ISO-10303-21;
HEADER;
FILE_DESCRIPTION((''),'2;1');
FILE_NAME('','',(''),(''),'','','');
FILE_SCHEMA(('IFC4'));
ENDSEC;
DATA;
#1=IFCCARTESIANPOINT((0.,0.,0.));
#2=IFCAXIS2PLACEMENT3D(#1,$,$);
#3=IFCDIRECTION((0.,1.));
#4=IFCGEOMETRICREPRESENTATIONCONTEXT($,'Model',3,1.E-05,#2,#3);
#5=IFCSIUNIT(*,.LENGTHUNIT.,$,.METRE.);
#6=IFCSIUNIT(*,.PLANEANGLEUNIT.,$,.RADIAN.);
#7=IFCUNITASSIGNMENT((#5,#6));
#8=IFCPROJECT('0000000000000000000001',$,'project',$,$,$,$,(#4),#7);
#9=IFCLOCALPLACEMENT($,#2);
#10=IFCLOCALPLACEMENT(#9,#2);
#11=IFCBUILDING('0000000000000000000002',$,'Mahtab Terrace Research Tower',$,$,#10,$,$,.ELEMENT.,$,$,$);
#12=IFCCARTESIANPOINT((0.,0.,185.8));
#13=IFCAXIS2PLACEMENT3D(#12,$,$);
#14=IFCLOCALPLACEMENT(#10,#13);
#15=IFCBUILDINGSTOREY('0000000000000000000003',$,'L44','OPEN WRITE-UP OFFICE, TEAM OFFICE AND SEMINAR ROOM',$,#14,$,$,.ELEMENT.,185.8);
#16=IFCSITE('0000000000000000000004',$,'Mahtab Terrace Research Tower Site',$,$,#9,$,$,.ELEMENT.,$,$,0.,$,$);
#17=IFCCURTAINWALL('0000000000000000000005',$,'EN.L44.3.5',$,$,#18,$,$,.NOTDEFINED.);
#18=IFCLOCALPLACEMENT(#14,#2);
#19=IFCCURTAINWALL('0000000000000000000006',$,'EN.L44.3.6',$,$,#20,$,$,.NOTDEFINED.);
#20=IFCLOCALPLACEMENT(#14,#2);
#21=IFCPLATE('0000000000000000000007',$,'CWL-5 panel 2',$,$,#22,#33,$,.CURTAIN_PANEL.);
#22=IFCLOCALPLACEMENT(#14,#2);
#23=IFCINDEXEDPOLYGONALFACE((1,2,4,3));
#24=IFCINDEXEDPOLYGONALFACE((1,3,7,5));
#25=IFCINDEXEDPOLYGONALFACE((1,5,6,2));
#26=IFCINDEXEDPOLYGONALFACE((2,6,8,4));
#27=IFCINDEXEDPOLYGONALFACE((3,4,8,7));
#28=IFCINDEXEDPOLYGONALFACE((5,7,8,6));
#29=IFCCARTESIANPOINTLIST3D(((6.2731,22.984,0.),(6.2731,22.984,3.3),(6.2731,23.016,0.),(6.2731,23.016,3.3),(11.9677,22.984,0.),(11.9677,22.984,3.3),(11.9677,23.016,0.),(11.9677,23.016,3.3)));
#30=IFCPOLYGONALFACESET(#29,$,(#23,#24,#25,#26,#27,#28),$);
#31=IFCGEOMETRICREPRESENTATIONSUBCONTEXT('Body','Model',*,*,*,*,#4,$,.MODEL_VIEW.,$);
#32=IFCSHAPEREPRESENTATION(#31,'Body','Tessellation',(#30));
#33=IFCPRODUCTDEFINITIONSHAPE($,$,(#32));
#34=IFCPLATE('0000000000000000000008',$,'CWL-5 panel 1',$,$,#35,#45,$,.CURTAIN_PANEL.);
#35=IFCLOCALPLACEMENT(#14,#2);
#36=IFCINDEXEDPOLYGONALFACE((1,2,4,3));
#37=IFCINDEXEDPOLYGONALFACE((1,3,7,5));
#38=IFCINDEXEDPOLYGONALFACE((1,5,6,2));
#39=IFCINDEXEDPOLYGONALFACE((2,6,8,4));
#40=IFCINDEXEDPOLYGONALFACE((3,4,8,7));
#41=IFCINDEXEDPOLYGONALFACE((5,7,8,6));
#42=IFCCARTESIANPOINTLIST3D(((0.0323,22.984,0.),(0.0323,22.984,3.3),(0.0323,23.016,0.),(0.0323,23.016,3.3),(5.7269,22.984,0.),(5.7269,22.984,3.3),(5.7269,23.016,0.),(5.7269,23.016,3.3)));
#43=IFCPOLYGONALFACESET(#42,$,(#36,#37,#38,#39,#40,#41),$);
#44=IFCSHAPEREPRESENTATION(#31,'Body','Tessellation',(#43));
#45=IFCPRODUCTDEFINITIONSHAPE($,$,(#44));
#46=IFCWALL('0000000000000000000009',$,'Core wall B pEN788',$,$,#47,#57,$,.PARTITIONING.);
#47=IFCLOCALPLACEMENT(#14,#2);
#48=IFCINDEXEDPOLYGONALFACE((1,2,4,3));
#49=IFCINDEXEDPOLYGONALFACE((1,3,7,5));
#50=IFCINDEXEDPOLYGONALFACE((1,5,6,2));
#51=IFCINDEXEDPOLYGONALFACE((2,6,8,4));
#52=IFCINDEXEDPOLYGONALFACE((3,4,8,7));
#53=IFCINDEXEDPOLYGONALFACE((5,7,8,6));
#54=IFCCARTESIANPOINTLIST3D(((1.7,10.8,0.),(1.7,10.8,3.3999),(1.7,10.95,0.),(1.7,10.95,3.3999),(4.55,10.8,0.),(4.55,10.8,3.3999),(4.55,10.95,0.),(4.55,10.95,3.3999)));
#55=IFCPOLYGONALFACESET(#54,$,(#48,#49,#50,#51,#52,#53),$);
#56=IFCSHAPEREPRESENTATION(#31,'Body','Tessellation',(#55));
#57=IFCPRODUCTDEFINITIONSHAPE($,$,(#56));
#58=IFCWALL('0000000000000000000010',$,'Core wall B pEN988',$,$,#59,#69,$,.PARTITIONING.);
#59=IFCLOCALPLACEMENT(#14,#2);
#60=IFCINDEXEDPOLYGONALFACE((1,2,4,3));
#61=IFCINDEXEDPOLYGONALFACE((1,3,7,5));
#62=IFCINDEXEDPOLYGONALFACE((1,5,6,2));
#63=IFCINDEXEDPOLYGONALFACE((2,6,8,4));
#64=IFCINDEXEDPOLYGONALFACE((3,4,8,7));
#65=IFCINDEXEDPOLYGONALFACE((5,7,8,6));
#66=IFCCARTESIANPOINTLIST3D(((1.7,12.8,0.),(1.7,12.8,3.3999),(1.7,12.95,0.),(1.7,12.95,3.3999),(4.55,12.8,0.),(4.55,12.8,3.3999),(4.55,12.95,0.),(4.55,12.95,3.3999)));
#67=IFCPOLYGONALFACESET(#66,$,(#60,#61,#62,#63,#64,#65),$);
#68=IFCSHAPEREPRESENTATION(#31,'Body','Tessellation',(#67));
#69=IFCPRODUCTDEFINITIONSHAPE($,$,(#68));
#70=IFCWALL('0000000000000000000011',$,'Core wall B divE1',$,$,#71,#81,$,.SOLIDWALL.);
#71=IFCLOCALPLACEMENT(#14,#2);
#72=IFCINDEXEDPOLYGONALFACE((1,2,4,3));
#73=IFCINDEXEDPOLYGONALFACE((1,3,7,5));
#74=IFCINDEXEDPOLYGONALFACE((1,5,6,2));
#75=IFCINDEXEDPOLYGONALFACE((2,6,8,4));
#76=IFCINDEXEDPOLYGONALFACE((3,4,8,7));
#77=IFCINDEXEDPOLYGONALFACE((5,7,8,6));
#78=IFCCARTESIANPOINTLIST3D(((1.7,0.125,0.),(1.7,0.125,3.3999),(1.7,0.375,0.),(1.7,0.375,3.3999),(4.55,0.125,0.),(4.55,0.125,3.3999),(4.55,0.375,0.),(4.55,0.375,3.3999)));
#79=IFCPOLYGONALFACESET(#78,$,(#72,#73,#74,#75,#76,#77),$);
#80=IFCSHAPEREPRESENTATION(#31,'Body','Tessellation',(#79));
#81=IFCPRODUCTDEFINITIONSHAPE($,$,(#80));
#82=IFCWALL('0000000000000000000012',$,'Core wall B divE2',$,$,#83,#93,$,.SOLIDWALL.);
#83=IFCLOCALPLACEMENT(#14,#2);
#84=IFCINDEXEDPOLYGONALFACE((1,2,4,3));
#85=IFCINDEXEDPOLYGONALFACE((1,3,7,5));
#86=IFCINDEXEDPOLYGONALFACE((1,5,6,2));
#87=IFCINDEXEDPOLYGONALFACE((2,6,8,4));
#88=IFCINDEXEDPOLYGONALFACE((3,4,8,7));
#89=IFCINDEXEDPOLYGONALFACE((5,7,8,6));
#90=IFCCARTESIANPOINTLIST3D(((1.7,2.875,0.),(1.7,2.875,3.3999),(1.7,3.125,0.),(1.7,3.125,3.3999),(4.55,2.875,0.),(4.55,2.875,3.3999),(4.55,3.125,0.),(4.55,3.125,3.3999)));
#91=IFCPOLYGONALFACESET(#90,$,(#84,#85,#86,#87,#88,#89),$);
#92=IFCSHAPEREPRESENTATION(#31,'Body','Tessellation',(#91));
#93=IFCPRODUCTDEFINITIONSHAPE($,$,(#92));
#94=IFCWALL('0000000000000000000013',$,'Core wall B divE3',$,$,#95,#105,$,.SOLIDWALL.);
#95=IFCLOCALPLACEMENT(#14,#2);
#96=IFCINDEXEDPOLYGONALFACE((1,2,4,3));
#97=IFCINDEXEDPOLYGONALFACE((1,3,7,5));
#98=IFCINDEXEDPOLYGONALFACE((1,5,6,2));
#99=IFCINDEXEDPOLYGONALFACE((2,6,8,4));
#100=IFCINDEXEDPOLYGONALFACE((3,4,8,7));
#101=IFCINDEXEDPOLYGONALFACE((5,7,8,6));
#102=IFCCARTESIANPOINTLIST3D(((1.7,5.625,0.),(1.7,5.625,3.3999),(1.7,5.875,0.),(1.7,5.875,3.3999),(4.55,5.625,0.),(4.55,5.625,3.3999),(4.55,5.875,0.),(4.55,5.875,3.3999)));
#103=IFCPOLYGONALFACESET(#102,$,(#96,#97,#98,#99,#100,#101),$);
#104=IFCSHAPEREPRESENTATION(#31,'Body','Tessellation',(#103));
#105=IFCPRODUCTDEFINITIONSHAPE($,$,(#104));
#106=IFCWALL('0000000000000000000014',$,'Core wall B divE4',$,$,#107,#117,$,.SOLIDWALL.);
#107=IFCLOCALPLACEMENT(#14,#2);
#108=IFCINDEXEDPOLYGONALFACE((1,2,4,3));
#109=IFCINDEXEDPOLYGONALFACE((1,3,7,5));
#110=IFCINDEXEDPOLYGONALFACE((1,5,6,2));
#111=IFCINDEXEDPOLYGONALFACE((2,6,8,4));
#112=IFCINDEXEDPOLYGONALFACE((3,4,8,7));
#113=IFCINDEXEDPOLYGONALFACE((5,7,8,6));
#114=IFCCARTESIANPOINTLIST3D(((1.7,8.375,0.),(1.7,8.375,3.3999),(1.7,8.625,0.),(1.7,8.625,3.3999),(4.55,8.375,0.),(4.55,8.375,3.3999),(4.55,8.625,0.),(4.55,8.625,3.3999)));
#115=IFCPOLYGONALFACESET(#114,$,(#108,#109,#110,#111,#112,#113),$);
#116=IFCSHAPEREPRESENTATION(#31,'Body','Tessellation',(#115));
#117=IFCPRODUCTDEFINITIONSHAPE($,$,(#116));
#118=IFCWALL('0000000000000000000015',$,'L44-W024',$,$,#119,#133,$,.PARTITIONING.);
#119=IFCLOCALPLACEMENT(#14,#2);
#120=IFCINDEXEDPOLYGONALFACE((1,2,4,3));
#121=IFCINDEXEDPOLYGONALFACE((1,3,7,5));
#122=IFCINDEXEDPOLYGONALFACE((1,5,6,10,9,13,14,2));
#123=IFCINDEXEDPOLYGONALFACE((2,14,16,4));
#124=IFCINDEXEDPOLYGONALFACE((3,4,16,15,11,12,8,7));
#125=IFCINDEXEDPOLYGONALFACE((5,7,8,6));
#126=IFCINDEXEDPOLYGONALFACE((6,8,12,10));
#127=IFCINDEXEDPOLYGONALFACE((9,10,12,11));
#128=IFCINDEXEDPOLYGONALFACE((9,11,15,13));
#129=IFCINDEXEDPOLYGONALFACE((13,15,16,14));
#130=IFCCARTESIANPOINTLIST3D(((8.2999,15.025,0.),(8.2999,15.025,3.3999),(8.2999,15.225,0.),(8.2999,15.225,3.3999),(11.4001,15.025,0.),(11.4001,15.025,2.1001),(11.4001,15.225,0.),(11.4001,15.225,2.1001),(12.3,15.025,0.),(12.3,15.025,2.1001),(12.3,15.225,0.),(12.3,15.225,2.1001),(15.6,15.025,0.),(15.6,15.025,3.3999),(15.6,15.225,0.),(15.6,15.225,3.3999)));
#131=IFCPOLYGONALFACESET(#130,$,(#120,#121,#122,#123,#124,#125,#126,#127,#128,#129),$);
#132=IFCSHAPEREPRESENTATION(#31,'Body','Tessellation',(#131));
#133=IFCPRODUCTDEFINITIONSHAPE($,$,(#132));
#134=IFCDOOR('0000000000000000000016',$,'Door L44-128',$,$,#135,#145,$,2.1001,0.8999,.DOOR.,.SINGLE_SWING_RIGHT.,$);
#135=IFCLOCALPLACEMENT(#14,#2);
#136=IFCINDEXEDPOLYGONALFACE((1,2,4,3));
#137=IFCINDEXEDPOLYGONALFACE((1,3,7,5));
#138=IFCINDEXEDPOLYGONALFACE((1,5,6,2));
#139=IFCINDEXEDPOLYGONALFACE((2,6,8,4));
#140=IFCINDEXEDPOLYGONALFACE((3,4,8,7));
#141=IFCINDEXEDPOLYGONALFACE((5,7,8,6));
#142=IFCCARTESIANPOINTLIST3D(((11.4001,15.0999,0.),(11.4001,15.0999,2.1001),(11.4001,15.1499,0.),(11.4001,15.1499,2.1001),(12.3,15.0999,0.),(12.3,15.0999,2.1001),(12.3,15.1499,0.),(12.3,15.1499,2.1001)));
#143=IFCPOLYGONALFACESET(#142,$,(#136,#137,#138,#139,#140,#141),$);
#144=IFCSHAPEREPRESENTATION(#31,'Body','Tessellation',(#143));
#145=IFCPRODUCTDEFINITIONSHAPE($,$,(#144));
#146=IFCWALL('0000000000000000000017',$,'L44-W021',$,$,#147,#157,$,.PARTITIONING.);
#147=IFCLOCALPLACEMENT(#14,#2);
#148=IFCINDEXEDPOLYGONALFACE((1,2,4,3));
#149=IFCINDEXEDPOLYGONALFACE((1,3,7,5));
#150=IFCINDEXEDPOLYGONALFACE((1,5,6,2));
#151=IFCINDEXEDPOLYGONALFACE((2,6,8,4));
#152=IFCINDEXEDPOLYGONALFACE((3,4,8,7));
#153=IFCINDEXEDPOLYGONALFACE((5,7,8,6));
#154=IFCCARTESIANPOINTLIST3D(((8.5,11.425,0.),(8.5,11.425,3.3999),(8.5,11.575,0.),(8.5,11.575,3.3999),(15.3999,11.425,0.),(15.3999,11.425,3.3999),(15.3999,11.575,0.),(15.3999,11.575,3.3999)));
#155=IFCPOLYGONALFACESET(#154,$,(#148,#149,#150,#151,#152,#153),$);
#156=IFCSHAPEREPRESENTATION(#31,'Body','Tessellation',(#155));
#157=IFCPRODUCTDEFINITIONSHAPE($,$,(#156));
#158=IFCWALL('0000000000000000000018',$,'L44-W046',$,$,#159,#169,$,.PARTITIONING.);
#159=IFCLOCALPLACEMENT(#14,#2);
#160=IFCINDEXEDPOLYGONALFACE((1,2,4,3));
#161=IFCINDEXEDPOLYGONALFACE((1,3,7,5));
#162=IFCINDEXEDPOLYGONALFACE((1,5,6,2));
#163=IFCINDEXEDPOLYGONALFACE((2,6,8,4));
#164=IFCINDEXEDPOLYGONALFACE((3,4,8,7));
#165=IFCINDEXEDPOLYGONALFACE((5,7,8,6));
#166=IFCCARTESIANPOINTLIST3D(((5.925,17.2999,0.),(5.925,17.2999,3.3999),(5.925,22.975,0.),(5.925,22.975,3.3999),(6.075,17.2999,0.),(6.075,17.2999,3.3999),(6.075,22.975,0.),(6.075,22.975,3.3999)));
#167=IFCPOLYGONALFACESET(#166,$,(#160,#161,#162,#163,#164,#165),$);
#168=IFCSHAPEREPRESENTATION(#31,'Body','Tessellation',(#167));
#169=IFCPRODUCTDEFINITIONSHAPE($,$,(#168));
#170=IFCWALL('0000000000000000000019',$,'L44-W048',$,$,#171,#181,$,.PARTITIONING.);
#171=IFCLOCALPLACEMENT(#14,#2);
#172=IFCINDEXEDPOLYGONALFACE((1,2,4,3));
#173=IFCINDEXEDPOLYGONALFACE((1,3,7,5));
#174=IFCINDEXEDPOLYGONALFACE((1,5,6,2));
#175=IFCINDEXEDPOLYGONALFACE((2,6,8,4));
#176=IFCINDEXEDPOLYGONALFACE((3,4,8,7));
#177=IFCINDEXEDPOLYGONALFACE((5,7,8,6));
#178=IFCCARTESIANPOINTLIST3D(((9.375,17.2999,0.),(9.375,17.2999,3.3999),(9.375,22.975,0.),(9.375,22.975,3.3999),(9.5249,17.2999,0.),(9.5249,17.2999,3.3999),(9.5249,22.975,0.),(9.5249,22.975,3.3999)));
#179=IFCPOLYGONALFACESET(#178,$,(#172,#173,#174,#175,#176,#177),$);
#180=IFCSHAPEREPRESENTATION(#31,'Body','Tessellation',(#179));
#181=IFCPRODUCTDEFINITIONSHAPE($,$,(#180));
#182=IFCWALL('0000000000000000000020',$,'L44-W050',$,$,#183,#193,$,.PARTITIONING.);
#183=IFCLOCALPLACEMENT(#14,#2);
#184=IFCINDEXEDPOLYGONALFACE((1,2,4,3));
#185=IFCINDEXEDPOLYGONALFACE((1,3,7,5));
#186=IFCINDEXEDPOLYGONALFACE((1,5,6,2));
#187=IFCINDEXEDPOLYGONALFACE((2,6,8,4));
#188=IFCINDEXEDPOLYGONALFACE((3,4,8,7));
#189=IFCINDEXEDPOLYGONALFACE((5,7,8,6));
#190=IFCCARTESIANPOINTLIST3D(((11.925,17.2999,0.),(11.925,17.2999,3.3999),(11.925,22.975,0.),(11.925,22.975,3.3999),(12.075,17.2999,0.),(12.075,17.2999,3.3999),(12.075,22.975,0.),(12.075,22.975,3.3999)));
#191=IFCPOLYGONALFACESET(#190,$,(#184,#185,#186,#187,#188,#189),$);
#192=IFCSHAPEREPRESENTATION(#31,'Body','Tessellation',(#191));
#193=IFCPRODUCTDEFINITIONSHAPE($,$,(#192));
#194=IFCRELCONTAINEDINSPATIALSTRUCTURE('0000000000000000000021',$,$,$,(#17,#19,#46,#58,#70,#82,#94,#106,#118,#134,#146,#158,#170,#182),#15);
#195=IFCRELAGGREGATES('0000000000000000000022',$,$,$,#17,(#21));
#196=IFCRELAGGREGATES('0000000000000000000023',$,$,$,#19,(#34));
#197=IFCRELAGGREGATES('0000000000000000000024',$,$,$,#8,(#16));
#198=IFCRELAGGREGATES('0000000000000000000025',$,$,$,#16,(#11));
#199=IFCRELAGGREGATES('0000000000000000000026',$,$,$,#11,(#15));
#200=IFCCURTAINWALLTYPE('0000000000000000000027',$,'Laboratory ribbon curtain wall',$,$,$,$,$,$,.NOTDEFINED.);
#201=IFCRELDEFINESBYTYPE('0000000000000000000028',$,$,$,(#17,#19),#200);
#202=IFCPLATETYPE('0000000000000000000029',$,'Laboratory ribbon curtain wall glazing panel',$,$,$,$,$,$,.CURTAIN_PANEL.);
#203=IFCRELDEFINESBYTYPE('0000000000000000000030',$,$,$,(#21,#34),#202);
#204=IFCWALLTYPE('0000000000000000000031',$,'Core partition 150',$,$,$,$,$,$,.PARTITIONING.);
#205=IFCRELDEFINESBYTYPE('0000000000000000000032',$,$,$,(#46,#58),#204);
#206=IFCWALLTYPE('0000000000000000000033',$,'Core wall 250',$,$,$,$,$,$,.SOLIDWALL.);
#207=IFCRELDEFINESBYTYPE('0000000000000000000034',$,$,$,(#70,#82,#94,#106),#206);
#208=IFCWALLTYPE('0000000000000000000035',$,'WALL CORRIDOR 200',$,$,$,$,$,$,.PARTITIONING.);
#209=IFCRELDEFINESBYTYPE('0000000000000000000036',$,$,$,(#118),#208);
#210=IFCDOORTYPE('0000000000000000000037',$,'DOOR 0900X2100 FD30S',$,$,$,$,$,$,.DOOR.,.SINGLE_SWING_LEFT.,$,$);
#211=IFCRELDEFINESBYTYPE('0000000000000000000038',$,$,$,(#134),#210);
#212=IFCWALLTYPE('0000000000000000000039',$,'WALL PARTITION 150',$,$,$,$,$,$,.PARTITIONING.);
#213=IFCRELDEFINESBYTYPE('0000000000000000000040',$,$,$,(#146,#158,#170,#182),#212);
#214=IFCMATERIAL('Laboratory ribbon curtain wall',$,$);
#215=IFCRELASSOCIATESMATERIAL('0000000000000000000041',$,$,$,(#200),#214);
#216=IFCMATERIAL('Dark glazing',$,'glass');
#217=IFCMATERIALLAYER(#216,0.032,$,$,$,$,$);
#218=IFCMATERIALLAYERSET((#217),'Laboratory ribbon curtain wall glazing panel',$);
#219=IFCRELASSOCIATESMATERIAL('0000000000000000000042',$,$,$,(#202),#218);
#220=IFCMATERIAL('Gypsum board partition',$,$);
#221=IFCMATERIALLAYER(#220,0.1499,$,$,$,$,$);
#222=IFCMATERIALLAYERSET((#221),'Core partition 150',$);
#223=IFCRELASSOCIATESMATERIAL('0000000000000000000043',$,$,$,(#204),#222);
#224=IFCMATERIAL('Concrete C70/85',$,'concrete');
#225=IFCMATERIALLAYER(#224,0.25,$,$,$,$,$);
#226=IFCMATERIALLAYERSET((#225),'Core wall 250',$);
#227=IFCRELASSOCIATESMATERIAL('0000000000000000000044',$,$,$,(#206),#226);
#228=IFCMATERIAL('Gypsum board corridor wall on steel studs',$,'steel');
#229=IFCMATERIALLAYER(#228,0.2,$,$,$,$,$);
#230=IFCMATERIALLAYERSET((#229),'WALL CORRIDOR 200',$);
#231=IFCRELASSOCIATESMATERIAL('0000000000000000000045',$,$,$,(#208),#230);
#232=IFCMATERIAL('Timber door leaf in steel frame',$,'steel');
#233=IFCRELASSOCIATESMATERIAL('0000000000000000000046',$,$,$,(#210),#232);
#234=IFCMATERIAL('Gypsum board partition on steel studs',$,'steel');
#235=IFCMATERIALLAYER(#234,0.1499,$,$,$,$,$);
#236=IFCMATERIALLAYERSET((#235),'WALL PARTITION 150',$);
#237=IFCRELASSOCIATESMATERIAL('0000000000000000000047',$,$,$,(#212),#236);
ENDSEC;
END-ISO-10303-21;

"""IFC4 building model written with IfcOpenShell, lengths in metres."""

from ifc_helpers import new_model, si_unit, direction, frame, frame_2d, origin, origin_2d, place, context, subcontext, project, spatial, rectangle, extrude, material, layer, layer_set, type_object, element, fill, aggregate, save


model = new_model("IFC4")

# Units and contexts
model_context = context("Model", 3, precision=1e-05, world=origin(), true_north=direction((0.0, 1.0)))
body_context = subcontext(model_context, "Body", "Model", "MODEL_VIEW")
ifc_project = project(units=[si_unit("LENGTHUNIT", "METRE"), si_unit("PLANEANGLEUNIT", "RADIAN")], contexts=[model_context])

# Site, building, storey
site_placement = place(None, origin())
site = spatial("IfcSite", under=ifc_project, at=site_placement, Name="Mahtab Terrace Research Tower Site", CompositionType="ELEMENT", RefElevation=0.0)
building_placement = place(site_placement, origin())
building = spatial("IfcBuilding", under=site, at=building_placement, Name="Mahtab Terrace Research Tower", CompositionType="ELEMENT")
storey_placement = place(building_placement, frame((0.0, 0.0, 185.8)))
storey = spatial("IfcBuildingStorey", under=building, at=storey_placement, Name="L44", Description="OPEN WRITE-UP OFFICE, TEAM OFFICE AND SEMINAR ROOM", CompositionType="ELEMENT", Elevation=185.8)

# Shared definitions
ifc_material_1 = material(Name="Concrete C70/85", Category="concrete")

# Curtain wall
ifc_material_2 = material(Name="Laboratory ribbon curtain wall")
curtain_wall_type = type_object("IfcCurtainWallType", Name="Laboratory ribbon curtain wall", PredefinedType="NOTDEFINED", material=ifc_material_2)
curtain_wall_1_placement = place(storey_placement, origin())
curtain_wall_1 = element("IfcCurtainWall", 1, at=curtain_wall_1_placement, inside=storey, type_object=curtain_wall_type, Name="EN.L44.3.5", PredefinedType="NOTDEFINED")

# Curtain wall
curtain_wall_2_placement = place(storey_placement, origin())
curtain_wall_2 = element("IfcCurtainWall", 2, at=curtain_wall_2_placement, inside=storey, type_object=curtain_wall_type, Name="EN.L44.3.6", PredefinedType="NOTDEFINED")

# Plates
ifc_material_3 = material(Name="Dark glazing", Category="glass")
ifc_layer_1 = layer(ifc_material_3, 0.032)
ifc_layer_set_1 = layer_set([ifc_layer_1], Name="Laboratory ribbon curtain wall glazing panel")
plate_type = type_object("IfcPlateType", Name="Laboratory ribbon curtain wall glazing panel", PredefinedType="CURTAIN_PANEL", material=ifc_layer_set_1)
plate_1_placement = place(storey_placement, frame((9.1204, 23.0, 0.0), z_axis=(0.0, 0.0, 1.0), x_axis=(-1.0, 0.0, 0.0)))
plate_1 = element("IfcPlate", 3, at=plate_1_placement, type_object=plate_type, Name="CWL-5 panel 2", PredefinedType="CURTAIN_PANEL", context=body_context, shape_type="SweptSolid", body=[
    extrude(rectangle(XDim=5.6946, YDim=0.032, at=origin_2d()), origin(), (0.0, 0.0, 1.0), 3.3),
])
aggregate(curtain_wall_1, [plate_1])
plate_2_placement = place(storey_placement, frame((2.8796, 23.0, 0.0), z_axis=(0.0, 0.0, 1.0), x_axis=(-1.0, 0.0, 0.0)))
plate_2 = element("IfcPlate", 4, at=plate_2_placement, type_object=plate_type, Name="CWL-5 panel 1", PredefinedType="CURTAIN_PANEL", context=body_context, shape_type="SweptSolid", body=[
    extrude(rectangle(XDim=5.6946, YDim=0.032, at=origin_2d()), origin(), (0.0, 0.0, 1.0), 3.3),
])
aggregate(curtain_wall_2, [plate_2])

# Walls
ifc_material_4 = material(Name="Gypsum board partition")
ifc_layer_2 = layer(ifc_material_4, 0.1499)
ifc_layer_set_2 = layer_set([ifc_layer_2], Name="Core partition 150")
wall_type_1 = type_object("IfcWallType", Name="Core partition 150", PredefinedType="PARTITIONING", material=ifc_layer_set_2)
for number, where, z_axis, x_axis, name in (
    (5, (1.7, 10.875, 0.0), (0.0, 0.0, 1.0), (1.0, 0.0, 0.0), "Core wall B pEN788"),
    (6, (1.7, 12.875, 0.0), (0.0, 0.0, 1.0), (1.0, 0.0, 0.0), "Core wall B pEN988"),
):
    element("IfcWall", number, at=place(storey_placement, frame(where, z_axis=z_axis, x_axis=x_axis)), inside=storey, type_object=wall_type_1, Name=name, PredefinedType="PARTITIONING", context=body_context, shape_type="SweptSolid", body=[
        extrude(rectangle(XDim=2.8501, YDim=0.1499, at=frame_2d((1.425, 0.0))), origin(), (0.0, 0.0, 1.0), 3.3999),
    ])
ifc_layer_3 = layer(ifc_material_1, 0.25)
ifc_layer_set_3 = layer_set([ifc_layer_3], Name="Core wall 250")
wall_type_2 = type_object("IfcWallType", Name="Core wall 250", PredefinedType="SOLIDWALL", material=ifc_layer_set_3)
for number, where, z_axis, x_axis, name in (
    (7, (1.7, 0.25, 0.0), (0.0, 0.0, 1.0), (1.0, 0.0, 0.0), "Core wall B divE1"),
    (8, (1.7, 3.0, 0.0), (0.0, 0.0, 1.0), (1.0, 0.0, 0.0), "Core wall B divE2"),
    (9, (1.7, 5.75, 0.0), (0.0, 0.0, 1.0), (1.0, 0.0, 0.0), "Core wall B divE3"),
    (10, (1.7, 8.5, 0.0), (0.0, 0.0, 1.0), (1.0, 0.0, 0.0), "Core wall B divE4"),
):
    element("IfcWall", number, at=place(storey_placement, frame(where, z_axis=z_axis, x_axis=x_axis)), inside=storey, type_object=wall_type_2, Name=name, PredefinedType="SOLIDWALL", context=body_context, shape_type="SweptSolid", body=[
        extrude(rectangle(XDim=2.8501, YDim=0.25, at=frame_2d((1.425, 0.0))), origin(), (0.0, 0.0, 1.0), 3.3999),
    ])

# Wall, opening, door
ifc_material_5 = material(Name="Gypsum board corridor wall on steel studs", Category="steel")
ifc_layer_4 = layer(ifc_material_5, 0.2)
ifc_layer_set_4 = layer_set([ifc_layer_4], Name="WALL CORRIDOR 200")
wall_type_3 = type_object("IfcWallType", Name="WALL CORRIDOR 200", PredefinedType="PARTITIONING", material=ifc_layer_set_4)
wall_1_placement = place(storey_placement, frame((8.3, 15.125, 0.0), z_axis=(0.0, 0.0, 1.0), x_axis=(1.0, 0.0, 0.0)))
wall_1 = element("IfcWall", 11, at=wall_1_placement, inside=storey, type_object=wall_type_3, Name="L44-W024", PredefinedType="PARTITIONING", context=body_context, shape_type="SweptSolid", body=[
    extrude(rectangle(XDim=7.3, YDim=0.2, at=frame_2d((3.6499, 0.0))), origin(), (0.0, 0.0, 1.0), 3.3999),
])
opening_placement = place(wall_1_placement, frame((3.1001, 0.0, 0.0)))
opening = element("IfcOpeningElement", 12, at=opening_placement, cuts=wall_1, PredefinedType="OPENING", context=body_context, shape_type="SweptSolid", body=[
    extrude(rectangle(XDim=0.8999, YDim=2.1001, at=frame_2d((0.45, 1.05))), frame((0.0, 0.1099, 0.0), z_axis=(0.0, -1.0, 0.0), x_axis=(1.0, 0.0, 0.0)), (0.0, 0.0, 1.0), 0.22),
])
ifc_material_6 = material(Name="Timber door leaf in steel frame", Category="steel")
door_type = type_object("IfcDoorType", Name="DOOR 0900X2100 FD30S", OperationType="SINGLE_SWING_LEFT", PredefinedType="DOOR", material=ifc_material_6)
door_placement = place(opening_placement, origin())
door = element("IfcDoor", 13, at=door_placement, inside=storey, type_object=door_type, Name="Door L44-128", OperationType="SINGLE_SWING_RIGHT", OverallHeight=2.1001, OverallWidth=0.8999, PredefinedType="DOOR", context=body_context, shape_type="SweptSolid", body=[
    extrude(rectangle(XDim=0.8999, YDim=2.1001, at=frame_2d((0.45, 1.05))), frame((0.0, 0.0249, 0.0), z_axis=(0.0, -1.0, 0.0), x_axis=(1.0, 0.0, 0.0)), (0.0, 0.0, 1.0), 0.05),
])
fill(opening, door)

# Walls
ifc_material_7 = material(Name="Gypsum board partition on steel studs", Category="steel")
ifc_layer_5 = layer(ifc_material_7, 0.1499)
ifc_layer_set_5 = layer_set([ifc_layer_5], Name="WALL PARTITION 150")
wall_type_4 = type_object("IfcWallType", Name="WALL PARTITION 150", PredefinedType="PARTITIONING", material=ifc_layer_set_5)
wall_2_placement = place(storey_placement, frame((8.5, 11.5, 0.0), z_axis=(0.0, 0.0, 1.0), x_axis=(1.0, 0.0, 0.0)))
element("IfcWall", 14, at=wall_2_placement, inside=storey, type_object=wall_type_4, Name="L44-W021", PredefinedType="PARTITIONING", context=body_context, shape_type="SweptSolid", body=[
    extrude(rectangle(XDim=6.8999, YDim=0.1499, at=frame_2d((3.45, 0.0))), origin(), (0.0, 0.0, 1.0), 3.3999),
])
for number, where, z_axis, x_axis, name in (
    (15, (6.0, 17.3, 0.0), (0.0, 0.0, 1.0), (0.0, 1.0, 0.0), "L44-W046"),
    (16, (9.45, 17.3, 0.0), (0.0, 0.0, 1.0), (0.0, 1.0, 0.0), "L44-W048"),
    (17, (12.0, 17.3, 0.0), (0.0, 0.0, 1.0), (0.0, 1.0, 0.0), "L44-W050"),
):
    element("IfcWall", number, at=place(storey_placement, frame(where, z_axis=z_axis, x_axis=x_axis)), inside=storey, type_object=wall_type_4, Name=name, PredefinedType="PARTITIONING", context=body_context, shape_type="SweptSolid", body=[
        extrude(rectangle(XDim=5.675, YDim=0.1499, at=frame_2d((2.8374, 0.0))), origin(), (0.0, 0.0, 1.0), 3.3999),
    ])

save(model, "model.ifc")
